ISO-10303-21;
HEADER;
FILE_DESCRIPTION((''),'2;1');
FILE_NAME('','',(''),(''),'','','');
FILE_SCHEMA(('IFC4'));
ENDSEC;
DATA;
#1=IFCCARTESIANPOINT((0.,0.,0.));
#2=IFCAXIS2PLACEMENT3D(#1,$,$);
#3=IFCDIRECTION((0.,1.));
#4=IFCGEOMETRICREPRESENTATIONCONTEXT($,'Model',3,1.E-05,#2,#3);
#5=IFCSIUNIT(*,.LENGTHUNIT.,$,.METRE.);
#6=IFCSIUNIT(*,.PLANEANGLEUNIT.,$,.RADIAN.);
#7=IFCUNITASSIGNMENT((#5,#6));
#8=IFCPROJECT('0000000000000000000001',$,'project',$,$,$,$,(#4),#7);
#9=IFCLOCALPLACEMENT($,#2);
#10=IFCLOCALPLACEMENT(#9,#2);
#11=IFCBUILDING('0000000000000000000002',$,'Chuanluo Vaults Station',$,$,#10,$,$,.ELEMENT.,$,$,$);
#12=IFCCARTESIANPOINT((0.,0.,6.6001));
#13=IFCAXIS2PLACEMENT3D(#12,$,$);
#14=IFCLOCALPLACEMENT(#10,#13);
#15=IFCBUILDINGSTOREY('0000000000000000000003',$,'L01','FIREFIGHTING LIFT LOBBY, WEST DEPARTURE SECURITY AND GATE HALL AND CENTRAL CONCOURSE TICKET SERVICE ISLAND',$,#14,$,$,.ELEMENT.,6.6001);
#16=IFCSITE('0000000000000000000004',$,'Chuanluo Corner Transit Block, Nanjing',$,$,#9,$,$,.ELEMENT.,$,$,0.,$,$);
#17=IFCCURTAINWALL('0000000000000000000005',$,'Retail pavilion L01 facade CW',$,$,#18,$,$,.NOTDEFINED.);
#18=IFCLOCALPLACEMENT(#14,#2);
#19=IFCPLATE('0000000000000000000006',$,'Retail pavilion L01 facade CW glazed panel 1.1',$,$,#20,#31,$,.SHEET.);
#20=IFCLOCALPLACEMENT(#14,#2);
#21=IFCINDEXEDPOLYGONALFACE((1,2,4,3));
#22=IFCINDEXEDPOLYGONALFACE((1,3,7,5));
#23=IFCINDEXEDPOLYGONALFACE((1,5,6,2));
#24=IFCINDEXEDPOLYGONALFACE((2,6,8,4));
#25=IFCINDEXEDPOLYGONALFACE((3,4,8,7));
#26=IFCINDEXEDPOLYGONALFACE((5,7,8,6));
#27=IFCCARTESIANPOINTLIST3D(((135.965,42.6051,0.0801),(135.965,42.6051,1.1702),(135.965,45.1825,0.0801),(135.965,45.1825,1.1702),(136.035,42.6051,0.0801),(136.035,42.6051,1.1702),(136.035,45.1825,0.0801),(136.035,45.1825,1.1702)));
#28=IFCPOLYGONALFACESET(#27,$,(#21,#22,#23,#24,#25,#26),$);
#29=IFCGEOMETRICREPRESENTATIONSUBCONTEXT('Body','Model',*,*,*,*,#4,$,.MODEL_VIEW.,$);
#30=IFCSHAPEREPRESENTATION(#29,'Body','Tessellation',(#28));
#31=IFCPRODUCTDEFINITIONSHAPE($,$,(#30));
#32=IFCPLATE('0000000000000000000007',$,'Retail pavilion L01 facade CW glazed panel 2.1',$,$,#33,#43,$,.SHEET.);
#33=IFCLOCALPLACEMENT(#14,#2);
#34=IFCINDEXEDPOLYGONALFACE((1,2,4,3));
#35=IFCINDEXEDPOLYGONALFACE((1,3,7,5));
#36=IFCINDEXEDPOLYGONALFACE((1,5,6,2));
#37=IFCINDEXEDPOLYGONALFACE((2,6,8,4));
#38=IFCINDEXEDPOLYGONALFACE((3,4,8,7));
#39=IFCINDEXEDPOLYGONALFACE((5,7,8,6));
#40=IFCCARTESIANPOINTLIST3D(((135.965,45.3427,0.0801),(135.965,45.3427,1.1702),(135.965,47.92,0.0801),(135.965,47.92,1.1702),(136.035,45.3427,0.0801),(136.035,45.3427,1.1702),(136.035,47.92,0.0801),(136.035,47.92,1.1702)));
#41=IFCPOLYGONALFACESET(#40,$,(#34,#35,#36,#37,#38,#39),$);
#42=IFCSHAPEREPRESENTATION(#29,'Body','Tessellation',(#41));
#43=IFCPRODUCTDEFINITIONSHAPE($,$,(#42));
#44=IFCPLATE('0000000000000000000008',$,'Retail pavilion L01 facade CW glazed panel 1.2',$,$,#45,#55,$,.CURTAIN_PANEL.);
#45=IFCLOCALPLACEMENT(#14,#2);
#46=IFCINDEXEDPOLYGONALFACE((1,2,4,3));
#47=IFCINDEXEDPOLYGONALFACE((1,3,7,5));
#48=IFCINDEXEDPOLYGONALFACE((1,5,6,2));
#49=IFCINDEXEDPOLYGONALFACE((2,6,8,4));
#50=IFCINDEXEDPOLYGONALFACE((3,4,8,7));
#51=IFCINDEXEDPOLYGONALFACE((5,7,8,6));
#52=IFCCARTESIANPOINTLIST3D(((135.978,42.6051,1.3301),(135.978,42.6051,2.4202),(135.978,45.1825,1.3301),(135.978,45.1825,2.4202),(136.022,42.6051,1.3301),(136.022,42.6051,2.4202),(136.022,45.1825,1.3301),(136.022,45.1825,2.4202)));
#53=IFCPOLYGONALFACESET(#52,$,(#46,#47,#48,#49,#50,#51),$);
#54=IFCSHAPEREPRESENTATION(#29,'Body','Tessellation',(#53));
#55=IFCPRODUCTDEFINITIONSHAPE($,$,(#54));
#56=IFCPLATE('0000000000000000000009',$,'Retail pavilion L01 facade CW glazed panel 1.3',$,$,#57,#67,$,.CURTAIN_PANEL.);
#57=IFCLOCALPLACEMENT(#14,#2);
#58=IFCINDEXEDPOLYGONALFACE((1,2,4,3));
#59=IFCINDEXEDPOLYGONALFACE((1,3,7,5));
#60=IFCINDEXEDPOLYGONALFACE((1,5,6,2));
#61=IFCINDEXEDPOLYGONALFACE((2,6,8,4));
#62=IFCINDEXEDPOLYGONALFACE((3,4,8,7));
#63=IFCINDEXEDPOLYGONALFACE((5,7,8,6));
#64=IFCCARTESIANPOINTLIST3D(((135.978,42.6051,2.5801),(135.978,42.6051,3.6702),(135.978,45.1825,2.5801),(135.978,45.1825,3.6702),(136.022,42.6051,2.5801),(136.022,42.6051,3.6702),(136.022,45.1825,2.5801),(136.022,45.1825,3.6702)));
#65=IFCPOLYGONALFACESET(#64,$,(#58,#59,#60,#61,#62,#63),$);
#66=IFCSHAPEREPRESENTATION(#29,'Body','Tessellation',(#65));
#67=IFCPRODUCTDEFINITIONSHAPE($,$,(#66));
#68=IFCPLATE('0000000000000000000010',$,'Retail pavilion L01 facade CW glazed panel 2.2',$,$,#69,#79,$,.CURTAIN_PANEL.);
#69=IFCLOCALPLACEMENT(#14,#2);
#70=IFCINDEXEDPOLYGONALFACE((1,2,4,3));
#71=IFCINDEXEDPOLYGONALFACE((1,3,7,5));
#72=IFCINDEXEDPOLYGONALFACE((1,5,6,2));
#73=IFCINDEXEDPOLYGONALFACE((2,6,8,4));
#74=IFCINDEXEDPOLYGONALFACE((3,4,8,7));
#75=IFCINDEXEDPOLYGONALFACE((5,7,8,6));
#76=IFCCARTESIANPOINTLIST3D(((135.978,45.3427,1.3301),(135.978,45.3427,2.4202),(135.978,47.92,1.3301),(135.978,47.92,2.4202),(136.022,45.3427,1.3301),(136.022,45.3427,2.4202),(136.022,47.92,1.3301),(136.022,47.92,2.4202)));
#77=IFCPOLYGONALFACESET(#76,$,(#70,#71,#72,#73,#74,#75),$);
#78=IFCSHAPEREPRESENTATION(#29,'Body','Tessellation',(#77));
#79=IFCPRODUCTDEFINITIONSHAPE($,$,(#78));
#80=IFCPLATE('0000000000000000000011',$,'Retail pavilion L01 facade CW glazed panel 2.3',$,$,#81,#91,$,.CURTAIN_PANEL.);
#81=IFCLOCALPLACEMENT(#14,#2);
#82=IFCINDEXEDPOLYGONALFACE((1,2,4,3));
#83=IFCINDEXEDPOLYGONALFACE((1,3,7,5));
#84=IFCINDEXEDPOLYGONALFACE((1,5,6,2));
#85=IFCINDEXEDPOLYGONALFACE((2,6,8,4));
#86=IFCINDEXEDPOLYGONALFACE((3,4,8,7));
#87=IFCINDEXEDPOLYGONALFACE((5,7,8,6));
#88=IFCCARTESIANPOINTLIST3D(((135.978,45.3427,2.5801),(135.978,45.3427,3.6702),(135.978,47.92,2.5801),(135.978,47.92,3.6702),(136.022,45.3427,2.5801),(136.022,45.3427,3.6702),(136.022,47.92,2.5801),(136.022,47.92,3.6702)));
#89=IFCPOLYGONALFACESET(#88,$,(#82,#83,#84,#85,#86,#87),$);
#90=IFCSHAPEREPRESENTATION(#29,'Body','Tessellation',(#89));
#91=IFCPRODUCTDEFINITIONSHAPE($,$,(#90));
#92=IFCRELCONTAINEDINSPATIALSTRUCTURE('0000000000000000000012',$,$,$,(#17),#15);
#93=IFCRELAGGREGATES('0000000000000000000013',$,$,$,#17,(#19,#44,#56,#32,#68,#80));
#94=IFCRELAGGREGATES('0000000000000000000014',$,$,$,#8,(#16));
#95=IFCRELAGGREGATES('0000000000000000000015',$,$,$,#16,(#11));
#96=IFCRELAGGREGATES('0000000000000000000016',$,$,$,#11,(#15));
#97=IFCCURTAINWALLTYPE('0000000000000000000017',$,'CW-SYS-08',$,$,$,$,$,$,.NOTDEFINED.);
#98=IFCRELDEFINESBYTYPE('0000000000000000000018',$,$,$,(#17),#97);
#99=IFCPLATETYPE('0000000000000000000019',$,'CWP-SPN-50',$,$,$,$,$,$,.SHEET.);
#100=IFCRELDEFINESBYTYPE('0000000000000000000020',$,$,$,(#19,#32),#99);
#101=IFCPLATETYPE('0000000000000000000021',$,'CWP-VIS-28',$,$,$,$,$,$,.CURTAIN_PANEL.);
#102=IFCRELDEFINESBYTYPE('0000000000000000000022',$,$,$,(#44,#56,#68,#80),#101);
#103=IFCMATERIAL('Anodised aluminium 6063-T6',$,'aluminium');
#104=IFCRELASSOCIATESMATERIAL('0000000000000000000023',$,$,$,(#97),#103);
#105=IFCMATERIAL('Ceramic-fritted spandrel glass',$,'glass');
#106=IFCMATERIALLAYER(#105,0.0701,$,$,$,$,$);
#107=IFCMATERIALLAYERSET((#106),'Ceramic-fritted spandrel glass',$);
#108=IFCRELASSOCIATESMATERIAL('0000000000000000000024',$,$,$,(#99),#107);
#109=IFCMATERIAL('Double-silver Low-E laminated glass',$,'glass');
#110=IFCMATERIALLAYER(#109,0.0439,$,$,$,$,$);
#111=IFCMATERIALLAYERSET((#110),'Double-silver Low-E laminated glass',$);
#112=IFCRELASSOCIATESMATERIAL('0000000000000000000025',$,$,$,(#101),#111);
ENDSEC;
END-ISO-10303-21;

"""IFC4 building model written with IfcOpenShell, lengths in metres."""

from ifc_helpers import new_model, si_unit, direction, frame, origin, origin_2d, place, context, subcontext, project, spatial, rectangle, extrude, material, layer, layer_set, type_object, element, aggregate, save


model = new_model("IFC4")

# Units and contexts
model_context = context("Model", 3, precision=1e-05, world=origin(), true_north=direction((0.0, 1.0)))
body_context = subcontext(model_context, "Body", "Model", "MODEL_VIEW")
ifc_project = project(units=[si_unit("LENGTHUNIT", "METRE"), si_unit("PLANEANGLEUNIT", "RADIAN")], contexts=[model_context])

# Site, building, storey
site_placement = place(None, origin())
site = spatial("IfcSite", under=ifc_project, at=site_placement, Name="Chuanluo Corner Transit Block, Nanjing", CompositionType="ELEMENT", RefElevation=0.0)
building_placement = place(site_placement, origin())
building = spatial("IfcBuilding", under=site, at=building_placement, Name="Chuanluo Vaults Station", CompositionType="ELEMENT")
storey_placement = place(building_placement, frame((0.0, 0.0, 6.6001)))
storey = spatial("IfcBuildingStorey", under=building, at=storey_placement, Name="L01", Description="FIREFIGHTING LIFT LOBBY, WEST DEPARTURE SECURITY AND GATE HALL AND CENTRAL CONCOURSE TICKET SERVICE ISLAND", CompositionType="ELEMENT", Elevation=6.6001)

# Curtain wall, plates
ifc_material_1 = material(Name="Anodised aluminium 6063-T6", Category="aluminium")
curtain_wall_type = type_object("IfcCurtainWallType", Name="CW-SYS-08", PredefinedType="NOTDEFINED", material=ifc_material_1)
curtain_wall_placement = place(storey_placement, origin())
curtain_wall = element("IfcCurtainWall", 1, at=curtain_wall_placement, inside=storey, type_object=curtain_wall_type, Name="Retail pavilion L01 facade CW", PredefinedType="NOTDEFINED")
ifc_material_2 = material(Name="Ceramic-fritted spandrel glass", Category="glass")
ifc_layer_1 = layer(ifc_material_2, 0.0701)
ifc_layer_set_1 = layer_set([ifc_layer_1], Name="Ceramic-fritted spandrel glass")
plate_type_1 = type_object("IfcPlateType", Name="CWP-SPN-50", PredefinedType="SHEET", material=ifc_layer_set_1)
plate_1_placement = place(storey_placement, frame((136.0, 43.8938, 0.0801), z_axis=(0.0, 0.0, 1.0), x_axis=(0.0, 1.0, 0.0)))
plate_1 = element("IfcPlate", 2, at=plate_1_placement, type_object=plate_type_1, Name="Retail pavilion L01 facade CW glazed panel 1.1", PredefinedType="SHEET", context=body_context, shape_type="SweptSolid", body=[
    extrude(rectangle(XDim=2.5774, YDim=0.0701, at=origin_2d()), origin(), (0.0, 0.0, 1.0), 1.0901),
])
plate_2_placement = place(storey_placement, frame((136.0, 46.6313, 0.0801), z_axis=(0.0, 0.0, 1.0), x_axis=(0.0, 1.0, 0.0)))
plate_2 = element("IfcPlate", 3, at=plate_2_placement, type_object=plate_type_1, Name="Retail pavilion L01 facade CW glazed panel 2.1", PredefinedType="SHEET", context=body_context, shape_type="SweptSolid", body=[
    extrude(rectangle(XDim=2.5774, YDim=0.0701, at=origin_2d()), origin(), (0.0, 0.0, 1.0), 1.0901),
])
ifc_material_3 = material(Name="Double-silver Low-E laminated glass", Category="glass")
ifc_layer_2 = layer(ifc_material_3, 0.0439)
ifc_layer_set_2 = layer_set([ifc_layer_2], Name="Double-silver Low-E laminated glass")
plate_type_2 = type_object("IfcPlateType", Name="CWP-VIS-28", PredefinedType="CURTAIN_PANEL", material=ifc_layer_set_2)
plate_3_placement = place(storey_placement, frame((136.0, 43.8938, 1.3301), z_axis=(0.0, 0.0, 1.0), x_axis=(0.0, 1.0, 0.0)))
plate_3 = element("IfcPlate", 4, at=plate_3_placement, type_object=plate_type_2, Name="Retail pavilion L01 facade CW glazed panel 1.2", PredefinedType="CURTAIN_PANEL", context=body_context, shape_type="SweptSolid", body=[
    extrude(rectangle(XDim=2.5774, YDim=0.0439, at=origin_2d()), origin(), (0.0, 0.0, 1.0), 1.0901),
])
plate_4_placement = place(storey_placement, frame((136.0, 43.8938, 2.5801), z_axis=(0.0, 0.0, 1.0), x_axis=(0.0, 1.0, 0.0)))
plate_4 = element("IfcPlate", 5, at=plate_4_placement, type_object=plate_type_2, Name="Retail pavilion L01 facade CW glazed panel 1.3", PredefinedType="CURTAIN_PANEL", context=body_context, shape_type="SweptSolid", body=[
    extrude(rectangle(XDim=2.5774, YDim=0.0439, at=origin_2d()), origin(), (0.0, 0.0, 1.0), 1.0901),
])
plate_5_placement = place(storey_placement, frame((136.0, 46.6313, 1.3301), z_axis=(0.0, 0.0, 1.0), x_axis=(0.0, 1.0, 0.0)))
plate_5 = element("IfcPlate", 6, at=plate_5_placement, type_object=plate_type_2, Name="Retail pavilion L01 facade CW glazed panel 2.2", PredefinedType="CURTAIN_PANEL", context=body_context, shape_type="SweptSolid", body=[
    extrude(rectangle(XDim=2.5774, YDim=0.0439, at=origin_2d()), origin(), (0.0, 0.0, 1.0), 1.0901),
])
plate_6_placement = place(storey_placement, frame((136.0, 46.6313, 2.5801), z_axis=(0.0, 0.0, 1.0), x_axis=(0.0, 1.0, 0.0)))
plate_6 = element("IfcPlate", 7, at=plate_6_placement, type_object=plate_type_2, Name="Retail pavilion L01 facade CW glazed panel 2.3", PredefinedType="CURTAIN_PANEL", context=body_context, shape_type="SweptSolid", body=[
    extrude(rectangle(XDim=2.5774, YDim=0.0439, at=origin_2d()), origin(), (0.0, 0.0, 1.0), 1.0901),
])
aggregate(curtain_wall, [plate_1, plate_3, plate_4, plate_2, plate_5, plate_6])

save(model, "model.ifc")
